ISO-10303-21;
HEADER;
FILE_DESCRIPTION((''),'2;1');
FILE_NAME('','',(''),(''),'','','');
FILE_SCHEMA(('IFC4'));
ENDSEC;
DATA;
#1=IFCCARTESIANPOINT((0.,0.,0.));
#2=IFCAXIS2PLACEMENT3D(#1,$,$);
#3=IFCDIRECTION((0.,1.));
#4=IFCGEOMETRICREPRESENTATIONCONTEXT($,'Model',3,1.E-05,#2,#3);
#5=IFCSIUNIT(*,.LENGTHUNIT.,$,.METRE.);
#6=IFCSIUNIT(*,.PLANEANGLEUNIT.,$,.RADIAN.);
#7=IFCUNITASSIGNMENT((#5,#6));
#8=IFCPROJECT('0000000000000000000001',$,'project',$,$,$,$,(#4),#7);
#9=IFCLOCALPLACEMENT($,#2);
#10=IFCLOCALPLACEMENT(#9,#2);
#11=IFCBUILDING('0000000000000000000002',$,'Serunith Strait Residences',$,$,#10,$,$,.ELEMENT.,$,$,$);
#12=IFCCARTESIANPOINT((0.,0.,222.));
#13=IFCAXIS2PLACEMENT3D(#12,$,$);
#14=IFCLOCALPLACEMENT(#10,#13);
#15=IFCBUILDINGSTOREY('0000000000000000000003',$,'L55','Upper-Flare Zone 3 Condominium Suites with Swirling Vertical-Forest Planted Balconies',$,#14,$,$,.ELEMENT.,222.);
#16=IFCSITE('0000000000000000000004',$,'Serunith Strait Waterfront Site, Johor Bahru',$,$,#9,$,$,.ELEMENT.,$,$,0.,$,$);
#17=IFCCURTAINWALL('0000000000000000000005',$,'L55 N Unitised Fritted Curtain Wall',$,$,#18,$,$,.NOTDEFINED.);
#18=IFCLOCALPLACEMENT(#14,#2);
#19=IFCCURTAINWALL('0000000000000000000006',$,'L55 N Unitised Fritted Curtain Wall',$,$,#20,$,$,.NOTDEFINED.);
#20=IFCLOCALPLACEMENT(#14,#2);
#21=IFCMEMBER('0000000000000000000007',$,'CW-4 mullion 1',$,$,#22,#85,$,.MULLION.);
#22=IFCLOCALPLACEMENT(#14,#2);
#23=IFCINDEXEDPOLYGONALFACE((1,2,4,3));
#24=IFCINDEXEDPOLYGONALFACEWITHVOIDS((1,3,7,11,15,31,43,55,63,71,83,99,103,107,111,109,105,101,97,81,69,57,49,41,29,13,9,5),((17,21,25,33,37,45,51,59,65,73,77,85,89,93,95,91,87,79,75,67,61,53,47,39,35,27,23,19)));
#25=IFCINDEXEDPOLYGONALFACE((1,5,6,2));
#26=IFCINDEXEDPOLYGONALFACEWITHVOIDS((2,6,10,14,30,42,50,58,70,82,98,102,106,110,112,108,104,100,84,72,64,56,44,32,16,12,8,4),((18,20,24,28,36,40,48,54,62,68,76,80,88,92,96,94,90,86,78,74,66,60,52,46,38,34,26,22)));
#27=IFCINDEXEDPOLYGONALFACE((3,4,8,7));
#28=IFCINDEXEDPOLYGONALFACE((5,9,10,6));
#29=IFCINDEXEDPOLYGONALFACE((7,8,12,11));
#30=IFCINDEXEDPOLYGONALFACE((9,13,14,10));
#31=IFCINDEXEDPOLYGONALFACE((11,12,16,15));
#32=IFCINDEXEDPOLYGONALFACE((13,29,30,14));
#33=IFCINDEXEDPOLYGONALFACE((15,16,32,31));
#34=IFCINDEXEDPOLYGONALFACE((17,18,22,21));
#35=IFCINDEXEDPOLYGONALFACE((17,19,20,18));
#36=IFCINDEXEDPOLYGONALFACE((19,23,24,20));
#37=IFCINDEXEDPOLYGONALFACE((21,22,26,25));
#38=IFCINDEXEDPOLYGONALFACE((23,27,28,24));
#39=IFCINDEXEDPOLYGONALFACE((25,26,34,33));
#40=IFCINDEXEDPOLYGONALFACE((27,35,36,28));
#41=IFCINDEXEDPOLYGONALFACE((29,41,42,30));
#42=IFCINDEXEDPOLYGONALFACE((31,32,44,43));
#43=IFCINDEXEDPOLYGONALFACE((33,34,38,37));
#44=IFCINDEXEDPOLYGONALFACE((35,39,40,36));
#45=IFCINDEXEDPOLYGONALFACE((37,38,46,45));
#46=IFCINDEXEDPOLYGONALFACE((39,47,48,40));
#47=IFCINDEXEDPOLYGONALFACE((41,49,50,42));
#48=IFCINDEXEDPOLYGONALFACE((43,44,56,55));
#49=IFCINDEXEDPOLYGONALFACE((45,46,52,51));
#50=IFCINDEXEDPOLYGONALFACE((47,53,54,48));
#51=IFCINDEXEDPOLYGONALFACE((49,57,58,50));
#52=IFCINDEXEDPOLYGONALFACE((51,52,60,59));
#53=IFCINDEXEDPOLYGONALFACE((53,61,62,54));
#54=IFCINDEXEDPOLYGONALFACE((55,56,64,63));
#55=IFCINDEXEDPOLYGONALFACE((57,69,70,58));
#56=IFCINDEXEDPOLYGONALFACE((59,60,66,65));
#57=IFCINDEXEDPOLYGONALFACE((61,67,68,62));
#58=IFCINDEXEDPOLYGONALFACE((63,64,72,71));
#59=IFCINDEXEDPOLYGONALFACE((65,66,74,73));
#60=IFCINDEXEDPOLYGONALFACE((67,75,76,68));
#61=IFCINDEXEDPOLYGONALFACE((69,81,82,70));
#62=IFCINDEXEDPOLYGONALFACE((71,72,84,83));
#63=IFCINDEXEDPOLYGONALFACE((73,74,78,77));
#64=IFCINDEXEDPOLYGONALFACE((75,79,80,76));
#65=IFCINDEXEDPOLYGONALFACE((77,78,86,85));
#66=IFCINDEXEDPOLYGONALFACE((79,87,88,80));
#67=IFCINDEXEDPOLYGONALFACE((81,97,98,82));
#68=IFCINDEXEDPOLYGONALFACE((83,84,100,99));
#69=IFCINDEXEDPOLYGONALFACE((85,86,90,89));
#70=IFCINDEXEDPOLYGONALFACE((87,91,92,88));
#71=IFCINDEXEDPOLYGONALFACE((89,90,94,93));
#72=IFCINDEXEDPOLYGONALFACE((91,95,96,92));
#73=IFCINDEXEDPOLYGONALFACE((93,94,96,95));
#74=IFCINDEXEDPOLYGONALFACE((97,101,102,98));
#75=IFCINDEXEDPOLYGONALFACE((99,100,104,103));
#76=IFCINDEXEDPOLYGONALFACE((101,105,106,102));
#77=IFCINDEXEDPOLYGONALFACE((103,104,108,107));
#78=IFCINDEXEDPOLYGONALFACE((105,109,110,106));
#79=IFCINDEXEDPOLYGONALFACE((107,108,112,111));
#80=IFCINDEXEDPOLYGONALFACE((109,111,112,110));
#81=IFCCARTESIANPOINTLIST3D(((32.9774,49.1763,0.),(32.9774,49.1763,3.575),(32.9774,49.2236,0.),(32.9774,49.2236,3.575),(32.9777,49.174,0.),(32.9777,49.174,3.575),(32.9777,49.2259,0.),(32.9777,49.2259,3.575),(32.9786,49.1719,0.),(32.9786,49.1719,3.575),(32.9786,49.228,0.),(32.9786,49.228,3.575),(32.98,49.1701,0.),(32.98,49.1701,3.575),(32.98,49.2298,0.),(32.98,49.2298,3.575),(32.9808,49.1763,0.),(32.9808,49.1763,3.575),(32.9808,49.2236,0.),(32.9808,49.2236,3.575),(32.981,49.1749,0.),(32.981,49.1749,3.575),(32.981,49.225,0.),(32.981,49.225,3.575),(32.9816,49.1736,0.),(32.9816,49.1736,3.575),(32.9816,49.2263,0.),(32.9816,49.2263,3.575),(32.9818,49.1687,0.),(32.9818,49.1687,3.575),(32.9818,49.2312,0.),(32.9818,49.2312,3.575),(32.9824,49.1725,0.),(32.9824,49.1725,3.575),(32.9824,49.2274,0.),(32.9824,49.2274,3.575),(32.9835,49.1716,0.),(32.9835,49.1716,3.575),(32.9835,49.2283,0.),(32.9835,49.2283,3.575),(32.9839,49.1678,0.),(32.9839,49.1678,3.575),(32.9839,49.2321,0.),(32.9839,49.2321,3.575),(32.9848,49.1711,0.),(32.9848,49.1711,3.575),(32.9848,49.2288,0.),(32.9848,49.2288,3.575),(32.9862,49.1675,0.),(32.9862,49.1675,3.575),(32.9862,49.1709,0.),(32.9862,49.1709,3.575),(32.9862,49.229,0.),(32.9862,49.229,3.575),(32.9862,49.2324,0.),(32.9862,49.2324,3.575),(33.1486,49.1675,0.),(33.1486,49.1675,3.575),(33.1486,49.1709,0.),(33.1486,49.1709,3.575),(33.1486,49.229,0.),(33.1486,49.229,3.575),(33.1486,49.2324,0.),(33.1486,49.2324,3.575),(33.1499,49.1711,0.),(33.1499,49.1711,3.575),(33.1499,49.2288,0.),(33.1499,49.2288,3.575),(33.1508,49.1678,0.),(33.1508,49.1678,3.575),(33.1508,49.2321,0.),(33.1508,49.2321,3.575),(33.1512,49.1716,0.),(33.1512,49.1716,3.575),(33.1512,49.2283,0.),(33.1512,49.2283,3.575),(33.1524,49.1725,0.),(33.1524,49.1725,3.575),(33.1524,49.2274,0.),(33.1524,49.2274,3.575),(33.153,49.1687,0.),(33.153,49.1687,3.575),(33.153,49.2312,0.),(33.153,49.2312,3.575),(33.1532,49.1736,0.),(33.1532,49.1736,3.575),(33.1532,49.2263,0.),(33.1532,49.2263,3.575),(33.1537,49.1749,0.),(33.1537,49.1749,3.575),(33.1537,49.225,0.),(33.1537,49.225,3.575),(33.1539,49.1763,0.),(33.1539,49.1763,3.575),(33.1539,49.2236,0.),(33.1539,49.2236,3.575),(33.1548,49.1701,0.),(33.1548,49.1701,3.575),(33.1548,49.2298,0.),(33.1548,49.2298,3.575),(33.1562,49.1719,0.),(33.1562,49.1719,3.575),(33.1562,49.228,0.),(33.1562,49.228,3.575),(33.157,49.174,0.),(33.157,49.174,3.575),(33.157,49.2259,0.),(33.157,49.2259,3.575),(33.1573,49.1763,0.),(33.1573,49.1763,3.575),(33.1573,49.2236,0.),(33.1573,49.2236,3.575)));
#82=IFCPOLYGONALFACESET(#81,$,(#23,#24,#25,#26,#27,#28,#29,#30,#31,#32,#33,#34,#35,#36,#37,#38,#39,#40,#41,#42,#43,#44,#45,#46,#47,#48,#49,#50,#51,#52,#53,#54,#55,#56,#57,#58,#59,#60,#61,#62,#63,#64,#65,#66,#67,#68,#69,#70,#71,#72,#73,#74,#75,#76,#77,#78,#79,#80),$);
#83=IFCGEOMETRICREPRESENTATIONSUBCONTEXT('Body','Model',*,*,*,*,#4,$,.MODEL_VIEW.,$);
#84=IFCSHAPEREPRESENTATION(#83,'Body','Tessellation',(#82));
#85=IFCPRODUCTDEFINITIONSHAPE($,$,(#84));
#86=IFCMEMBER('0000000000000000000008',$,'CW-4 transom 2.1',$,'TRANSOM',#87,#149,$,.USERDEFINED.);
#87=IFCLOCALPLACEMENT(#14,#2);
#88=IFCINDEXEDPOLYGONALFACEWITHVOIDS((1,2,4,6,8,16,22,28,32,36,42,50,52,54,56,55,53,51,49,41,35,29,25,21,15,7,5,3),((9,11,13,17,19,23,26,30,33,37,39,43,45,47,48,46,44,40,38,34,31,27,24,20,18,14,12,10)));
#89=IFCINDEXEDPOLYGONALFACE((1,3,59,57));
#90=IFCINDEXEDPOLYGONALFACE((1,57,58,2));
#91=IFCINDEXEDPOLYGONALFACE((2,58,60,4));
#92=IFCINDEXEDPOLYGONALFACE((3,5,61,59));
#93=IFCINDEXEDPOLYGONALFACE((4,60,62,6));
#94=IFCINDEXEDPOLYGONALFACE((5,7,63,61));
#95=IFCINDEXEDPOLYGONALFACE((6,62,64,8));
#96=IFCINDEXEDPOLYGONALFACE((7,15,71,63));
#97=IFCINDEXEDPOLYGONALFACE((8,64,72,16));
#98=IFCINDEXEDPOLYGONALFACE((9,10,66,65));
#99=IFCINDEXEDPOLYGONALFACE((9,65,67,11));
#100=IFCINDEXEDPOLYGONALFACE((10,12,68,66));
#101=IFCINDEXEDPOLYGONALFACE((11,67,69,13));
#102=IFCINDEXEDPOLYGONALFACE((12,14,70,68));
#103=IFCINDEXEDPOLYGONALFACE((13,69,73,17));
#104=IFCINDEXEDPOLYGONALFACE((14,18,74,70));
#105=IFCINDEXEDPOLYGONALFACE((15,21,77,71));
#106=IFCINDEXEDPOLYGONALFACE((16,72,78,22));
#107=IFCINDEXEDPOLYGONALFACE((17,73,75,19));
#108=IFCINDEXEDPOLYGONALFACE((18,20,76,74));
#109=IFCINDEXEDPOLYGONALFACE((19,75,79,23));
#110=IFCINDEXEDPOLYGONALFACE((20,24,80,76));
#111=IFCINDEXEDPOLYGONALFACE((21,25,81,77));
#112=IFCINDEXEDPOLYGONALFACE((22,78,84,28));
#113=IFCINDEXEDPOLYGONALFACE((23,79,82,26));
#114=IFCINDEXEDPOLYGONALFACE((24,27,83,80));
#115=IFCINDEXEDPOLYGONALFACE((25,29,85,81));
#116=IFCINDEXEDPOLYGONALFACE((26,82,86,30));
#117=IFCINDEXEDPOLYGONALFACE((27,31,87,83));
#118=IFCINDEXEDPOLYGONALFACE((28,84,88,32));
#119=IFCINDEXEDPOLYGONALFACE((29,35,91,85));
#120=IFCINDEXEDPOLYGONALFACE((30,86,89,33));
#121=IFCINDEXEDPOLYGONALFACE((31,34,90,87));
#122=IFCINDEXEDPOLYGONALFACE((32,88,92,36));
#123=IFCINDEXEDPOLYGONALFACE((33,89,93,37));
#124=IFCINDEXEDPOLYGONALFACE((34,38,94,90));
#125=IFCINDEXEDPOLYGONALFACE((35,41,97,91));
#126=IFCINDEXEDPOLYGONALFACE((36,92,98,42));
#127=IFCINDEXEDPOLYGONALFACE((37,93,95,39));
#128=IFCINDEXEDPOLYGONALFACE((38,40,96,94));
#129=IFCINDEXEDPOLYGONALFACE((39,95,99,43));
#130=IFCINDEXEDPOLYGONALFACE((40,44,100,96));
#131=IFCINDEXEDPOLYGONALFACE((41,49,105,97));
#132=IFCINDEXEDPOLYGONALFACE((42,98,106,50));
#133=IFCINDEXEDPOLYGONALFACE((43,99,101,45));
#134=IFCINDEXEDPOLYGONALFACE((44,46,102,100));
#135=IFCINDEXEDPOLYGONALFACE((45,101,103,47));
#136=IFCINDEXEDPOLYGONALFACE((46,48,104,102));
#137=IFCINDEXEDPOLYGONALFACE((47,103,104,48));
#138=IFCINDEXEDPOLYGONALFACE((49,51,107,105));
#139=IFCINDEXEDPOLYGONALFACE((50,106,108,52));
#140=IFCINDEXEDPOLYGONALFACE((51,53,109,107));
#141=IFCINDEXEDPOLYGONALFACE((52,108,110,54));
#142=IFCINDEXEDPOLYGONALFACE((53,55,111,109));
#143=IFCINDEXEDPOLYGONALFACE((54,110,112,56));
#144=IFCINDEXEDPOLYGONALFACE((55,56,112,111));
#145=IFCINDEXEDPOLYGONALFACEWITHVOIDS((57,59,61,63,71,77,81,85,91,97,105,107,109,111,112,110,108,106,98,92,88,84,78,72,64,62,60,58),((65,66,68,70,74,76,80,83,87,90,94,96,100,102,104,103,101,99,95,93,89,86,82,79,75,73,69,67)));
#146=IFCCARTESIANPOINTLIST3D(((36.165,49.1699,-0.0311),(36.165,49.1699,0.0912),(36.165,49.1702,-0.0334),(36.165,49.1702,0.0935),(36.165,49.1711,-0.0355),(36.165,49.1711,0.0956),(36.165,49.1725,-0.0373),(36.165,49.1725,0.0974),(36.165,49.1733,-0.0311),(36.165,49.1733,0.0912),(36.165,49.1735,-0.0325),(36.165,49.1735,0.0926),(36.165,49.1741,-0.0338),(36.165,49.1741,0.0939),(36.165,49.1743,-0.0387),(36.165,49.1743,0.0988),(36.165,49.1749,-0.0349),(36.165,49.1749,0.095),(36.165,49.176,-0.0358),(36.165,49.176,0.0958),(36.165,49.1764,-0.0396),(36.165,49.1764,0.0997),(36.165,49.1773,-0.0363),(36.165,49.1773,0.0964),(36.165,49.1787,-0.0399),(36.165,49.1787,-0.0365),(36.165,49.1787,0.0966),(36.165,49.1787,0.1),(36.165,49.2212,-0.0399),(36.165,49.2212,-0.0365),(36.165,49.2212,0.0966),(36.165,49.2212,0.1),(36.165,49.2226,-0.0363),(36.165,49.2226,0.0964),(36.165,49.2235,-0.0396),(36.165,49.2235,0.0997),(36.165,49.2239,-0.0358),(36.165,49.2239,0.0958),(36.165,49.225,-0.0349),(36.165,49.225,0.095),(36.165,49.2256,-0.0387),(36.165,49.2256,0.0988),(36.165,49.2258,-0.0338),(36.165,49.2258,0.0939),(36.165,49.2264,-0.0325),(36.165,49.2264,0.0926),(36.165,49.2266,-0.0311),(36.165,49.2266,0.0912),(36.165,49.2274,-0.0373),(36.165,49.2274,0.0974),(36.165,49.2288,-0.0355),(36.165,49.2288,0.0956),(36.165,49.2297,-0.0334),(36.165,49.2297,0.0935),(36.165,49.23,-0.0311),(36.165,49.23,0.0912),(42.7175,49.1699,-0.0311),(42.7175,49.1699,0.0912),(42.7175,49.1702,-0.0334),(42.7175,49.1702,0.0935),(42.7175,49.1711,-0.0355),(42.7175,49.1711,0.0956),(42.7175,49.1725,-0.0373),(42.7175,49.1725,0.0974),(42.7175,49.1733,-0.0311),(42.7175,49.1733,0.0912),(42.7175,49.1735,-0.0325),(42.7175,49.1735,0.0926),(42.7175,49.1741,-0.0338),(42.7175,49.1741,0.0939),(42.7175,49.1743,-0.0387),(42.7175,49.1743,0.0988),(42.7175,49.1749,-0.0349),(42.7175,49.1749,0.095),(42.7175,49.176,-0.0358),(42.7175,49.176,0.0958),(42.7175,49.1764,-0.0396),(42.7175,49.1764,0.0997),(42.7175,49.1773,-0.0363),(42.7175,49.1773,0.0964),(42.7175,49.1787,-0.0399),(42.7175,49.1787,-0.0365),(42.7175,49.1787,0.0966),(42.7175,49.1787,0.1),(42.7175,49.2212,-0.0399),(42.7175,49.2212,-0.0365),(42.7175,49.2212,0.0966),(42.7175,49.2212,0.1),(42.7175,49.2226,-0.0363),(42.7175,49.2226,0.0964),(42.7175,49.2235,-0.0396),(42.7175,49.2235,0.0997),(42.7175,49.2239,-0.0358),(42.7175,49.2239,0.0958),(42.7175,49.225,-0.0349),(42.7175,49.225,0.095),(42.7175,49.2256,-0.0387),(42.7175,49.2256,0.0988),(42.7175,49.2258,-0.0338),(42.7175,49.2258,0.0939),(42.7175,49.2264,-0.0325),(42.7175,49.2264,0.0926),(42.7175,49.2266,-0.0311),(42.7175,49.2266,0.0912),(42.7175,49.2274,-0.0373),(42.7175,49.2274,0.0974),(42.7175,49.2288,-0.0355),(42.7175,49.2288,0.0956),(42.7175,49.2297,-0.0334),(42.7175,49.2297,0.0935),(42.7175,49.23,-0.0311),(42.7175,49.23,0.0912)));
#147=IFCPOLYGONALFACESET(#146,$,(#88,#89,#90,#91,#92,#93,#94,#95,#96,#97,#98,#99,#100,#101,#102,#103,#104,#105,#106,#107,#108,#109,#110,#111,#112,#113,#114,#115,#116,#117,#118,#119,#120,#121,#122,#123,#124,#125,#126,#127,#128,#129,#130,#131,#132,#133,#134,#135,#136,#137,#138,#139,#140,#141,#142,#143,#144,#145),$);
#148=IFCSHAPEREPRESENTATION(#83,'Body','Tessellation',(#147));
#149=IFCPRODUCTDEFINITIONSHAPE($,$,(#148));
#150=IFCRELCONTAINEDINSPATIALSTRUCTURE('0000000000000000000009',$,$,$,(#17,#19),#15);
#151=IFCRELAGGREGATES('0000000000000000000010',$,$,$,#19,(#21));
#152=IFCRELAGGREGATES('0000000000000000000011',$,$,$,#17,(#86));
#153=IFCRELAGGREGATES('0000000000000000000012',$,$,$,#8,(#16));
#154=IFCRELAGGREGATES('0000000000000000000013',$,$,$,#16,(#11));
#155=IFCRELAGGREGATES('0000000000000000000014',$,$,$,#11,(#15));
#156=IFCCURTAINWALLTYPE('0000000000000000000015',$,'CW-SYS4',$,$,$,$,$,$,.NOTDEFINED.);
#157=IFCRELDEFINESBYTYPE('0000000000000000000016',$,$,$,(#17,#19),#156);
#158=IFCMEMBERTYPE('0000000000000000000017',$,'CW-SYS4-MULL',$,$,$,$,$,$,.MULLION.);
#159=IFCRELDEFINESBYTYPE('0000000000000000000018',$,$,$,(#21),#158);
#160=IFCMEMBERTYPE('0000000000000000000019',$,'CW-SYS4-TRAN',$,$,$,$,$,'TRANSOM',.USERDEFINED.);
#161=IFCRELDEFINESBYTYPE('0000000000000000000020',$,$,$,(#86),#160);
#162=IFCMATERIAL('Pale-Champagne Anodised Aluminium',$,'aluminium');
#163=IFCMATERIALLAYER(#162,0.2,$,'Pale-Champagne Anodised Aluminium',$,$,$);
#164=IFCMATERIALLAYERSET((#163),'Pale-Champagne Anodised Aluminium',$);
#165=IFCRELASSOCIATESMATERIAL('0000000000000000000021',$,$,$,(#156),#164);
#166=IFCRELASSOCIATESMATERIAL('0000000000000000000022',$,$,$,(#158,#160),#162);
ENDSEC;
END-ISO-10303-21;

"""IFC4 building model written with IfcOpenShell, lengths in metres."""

from ifc_helpers import new_model, si_unit, direction, frame, origin, origin_2d, place, context, subcontext, project, spatial, hollow_rectangle, extrude, source, transform, mapped, material, layer, layer_set, material_profile, profile_set, type_object, element, aggregate, save


model = new_model("IFC4")

# Units and contexts
model_context = context("Model", 3, precision=1e-05, world=origin(), true_north=direction((0.0, 1.0)))
body_context = subcontext(model_context, "Body", "Model", "MODEL_VIEW")
ifc_project = project(units=[si_unit("LENGTHUNIT", "METRE"), si_unit("PLANEANGLEUNIT", "RADIAN")], contexts=[model_context])

# Site, building, storey
site_placement = place(None, origin())
site = spatial("IfcSite", under=ifc_project, at=site_placement, Name="Serunith Strait Waterfront Site, Johor Bahru", CompositionType="ELEMENT", RefElevation=0.0)
building_placement = place(site_placement, origin())
building = spatial("IfcBuilding", under=site, at=building_placement, Name="Serunith Strait Residences", CompositionType="ELEMENT")
storey_placement = place(building_placement, frame((0.0, 0.0, 222.0)))
storey = spatial("IfcBuildingStorey", under=building, at=storey_placement, Name="L55", Description="Upper-Flare Zone 3 Condominium Suites with Swirling Vertical-Forest Planted Balconies", CompositionType="ELEMENT", Elevation=222.0)

# Curtain wall
ifc_material_1 = material(Name="Pale-Champagne Anodised Aluminium", Category="aluminium")
ifc_layer_1 = layer(ifc_material_1, 0.2, Name="Pale-Champagne Anodised Aluminium")
ifc_layer_set_1 = layer_set([ifc_layer_1], Name="Pale-Champagne Anodised Aluminium")
curtain_wall_type = type_object("IfcCurtainWallType", Name="CW-SYS4", PredefinedType="NOTDEFINED", material=ifc_layer_set_1)
curtain_wall_1_placement = place(storey_placement, origin())
curtain_wall_1 = element("IfcCurtainWall", 1, at=curtain_wall_1_placement, inside=storey, type_object=curtain_wall_type, Name="L55 N Unitised Fritted Curtain Wall", PredefinedType="NOTDEFINED")
ifc_material_profile_1 = material_profile(ifc_material_1, hollow_rectangle(XDim=0.0649, YDim=0.1799, WallThickness=0.0034, InnerFilletRadius=0.0054, OuterFilletRadius=0.0088, at=origin_2d()), Name="ALU 180x65x3.5")
ifc_profile_set_1 = profile_set([ifc_material_profile_1], Name="Pale-Champagne Anodised Aluminium")
member_type_1 = type_object("IfcMemberType", Name="CW-SYS4-MULL", PredefinedType="MULLION", material=ifc_profile_set_1)
shared_shape_1 = source(origin(), body_context, "Body", "SweptSolid", [
    extrude(hollow_rectangle(XDim=0.0649, YDim=0.1799, WallThickness=0.0034, InnerFilletRadius=0.0054, OuterFilletRadius=0.0088, at=origin_2d()), origin(), (0.0, 0.0, 1.0), 3.575),
])

# Curtain wall, member
curtain_wall_2_placement = place(storey_placement, origin())
curtain_wall_2 = element("IfcCurtainWall", 2, at=curtain_wall_2_placement, inside=storey, type_object=curtain_wall_type, Name="L55 N Unitised Fritted Curtain Wall", PredefinedType="NOTDEFINED")
member_1_placement = place(storey_placement, frame((33.0674, 49.2, 0.0), z_axis=(0.0, 0.0, 1.0), x_axis=(0.0, -1.0, 0.0)))
member_1 = element("IfcMember", 3, at=member_1_placement, type_object=member_type_1, Name="CW-4 mullion 1", PredefinedType="MULLION", context=body_context, shape_type="MappedRepresentation", body=[
    mapped(shared_shape_1, transform((0.0, 0.0, 0.0), scale=1.0)),
])

# Member
ifc_material_profile_2 = material_profile(ifc_material_1, hollow_rectangle(XDim=0.0601, YDim=0.1399, WallThickness=0.0034, InnerFilletRadius=0.0054, OuterFilletRadius=0.0088, at=origin_2d()), Name="ALU 140x60x3.5")
ifc_profile_set_2 = profile_set([ifc_material_profile_2], Name="Pale-Champagne Anodised Aluminium")
member_type_2 = type_object("IfcMemberType", Name="CW-SYS4-TRAN", ElementType="TRANSOM", PredefinedType="USERDEFINED", material=ifc_profile_set_2)
shared_shape_2 = source(origin(), body_context, "Body", "SweptSolid", [
    extrude(hollow_rectangle(XDim=0.0601, YDim=0.1399, WallThickness=0.0034, InnerFilletRadius=0.0054, OuterFilletRadius=0.0088, at=origin_2d()), origin(), (0.0, 0.0, 1.0), 6.5525),
])
member_2_placement = place(storey_placement, frame((42.7175, 49.2, 0.03), z_axis=(-1.0, 0.0, 0.0), x_axis=(0.0, -1.0, 0.0)))
member_2 = element("IfcMember", 4, at=member_2_placement, type_object=member_type_2, Name="CW-4 transom 2.1", ObjectType="TRANSOM", PredefinedType="USERDEFINED", context=body_context, shape_type="MappedRepresentation", body=[
    mapped(shared_shape_2, transform((0.0, 0.0, 0.0), scale=1.0)),
])
aggregate(curtain_wall_2, [member_1])

aggregate(curtain_wall_1, [member_2])

save(model, "model.ifc")
